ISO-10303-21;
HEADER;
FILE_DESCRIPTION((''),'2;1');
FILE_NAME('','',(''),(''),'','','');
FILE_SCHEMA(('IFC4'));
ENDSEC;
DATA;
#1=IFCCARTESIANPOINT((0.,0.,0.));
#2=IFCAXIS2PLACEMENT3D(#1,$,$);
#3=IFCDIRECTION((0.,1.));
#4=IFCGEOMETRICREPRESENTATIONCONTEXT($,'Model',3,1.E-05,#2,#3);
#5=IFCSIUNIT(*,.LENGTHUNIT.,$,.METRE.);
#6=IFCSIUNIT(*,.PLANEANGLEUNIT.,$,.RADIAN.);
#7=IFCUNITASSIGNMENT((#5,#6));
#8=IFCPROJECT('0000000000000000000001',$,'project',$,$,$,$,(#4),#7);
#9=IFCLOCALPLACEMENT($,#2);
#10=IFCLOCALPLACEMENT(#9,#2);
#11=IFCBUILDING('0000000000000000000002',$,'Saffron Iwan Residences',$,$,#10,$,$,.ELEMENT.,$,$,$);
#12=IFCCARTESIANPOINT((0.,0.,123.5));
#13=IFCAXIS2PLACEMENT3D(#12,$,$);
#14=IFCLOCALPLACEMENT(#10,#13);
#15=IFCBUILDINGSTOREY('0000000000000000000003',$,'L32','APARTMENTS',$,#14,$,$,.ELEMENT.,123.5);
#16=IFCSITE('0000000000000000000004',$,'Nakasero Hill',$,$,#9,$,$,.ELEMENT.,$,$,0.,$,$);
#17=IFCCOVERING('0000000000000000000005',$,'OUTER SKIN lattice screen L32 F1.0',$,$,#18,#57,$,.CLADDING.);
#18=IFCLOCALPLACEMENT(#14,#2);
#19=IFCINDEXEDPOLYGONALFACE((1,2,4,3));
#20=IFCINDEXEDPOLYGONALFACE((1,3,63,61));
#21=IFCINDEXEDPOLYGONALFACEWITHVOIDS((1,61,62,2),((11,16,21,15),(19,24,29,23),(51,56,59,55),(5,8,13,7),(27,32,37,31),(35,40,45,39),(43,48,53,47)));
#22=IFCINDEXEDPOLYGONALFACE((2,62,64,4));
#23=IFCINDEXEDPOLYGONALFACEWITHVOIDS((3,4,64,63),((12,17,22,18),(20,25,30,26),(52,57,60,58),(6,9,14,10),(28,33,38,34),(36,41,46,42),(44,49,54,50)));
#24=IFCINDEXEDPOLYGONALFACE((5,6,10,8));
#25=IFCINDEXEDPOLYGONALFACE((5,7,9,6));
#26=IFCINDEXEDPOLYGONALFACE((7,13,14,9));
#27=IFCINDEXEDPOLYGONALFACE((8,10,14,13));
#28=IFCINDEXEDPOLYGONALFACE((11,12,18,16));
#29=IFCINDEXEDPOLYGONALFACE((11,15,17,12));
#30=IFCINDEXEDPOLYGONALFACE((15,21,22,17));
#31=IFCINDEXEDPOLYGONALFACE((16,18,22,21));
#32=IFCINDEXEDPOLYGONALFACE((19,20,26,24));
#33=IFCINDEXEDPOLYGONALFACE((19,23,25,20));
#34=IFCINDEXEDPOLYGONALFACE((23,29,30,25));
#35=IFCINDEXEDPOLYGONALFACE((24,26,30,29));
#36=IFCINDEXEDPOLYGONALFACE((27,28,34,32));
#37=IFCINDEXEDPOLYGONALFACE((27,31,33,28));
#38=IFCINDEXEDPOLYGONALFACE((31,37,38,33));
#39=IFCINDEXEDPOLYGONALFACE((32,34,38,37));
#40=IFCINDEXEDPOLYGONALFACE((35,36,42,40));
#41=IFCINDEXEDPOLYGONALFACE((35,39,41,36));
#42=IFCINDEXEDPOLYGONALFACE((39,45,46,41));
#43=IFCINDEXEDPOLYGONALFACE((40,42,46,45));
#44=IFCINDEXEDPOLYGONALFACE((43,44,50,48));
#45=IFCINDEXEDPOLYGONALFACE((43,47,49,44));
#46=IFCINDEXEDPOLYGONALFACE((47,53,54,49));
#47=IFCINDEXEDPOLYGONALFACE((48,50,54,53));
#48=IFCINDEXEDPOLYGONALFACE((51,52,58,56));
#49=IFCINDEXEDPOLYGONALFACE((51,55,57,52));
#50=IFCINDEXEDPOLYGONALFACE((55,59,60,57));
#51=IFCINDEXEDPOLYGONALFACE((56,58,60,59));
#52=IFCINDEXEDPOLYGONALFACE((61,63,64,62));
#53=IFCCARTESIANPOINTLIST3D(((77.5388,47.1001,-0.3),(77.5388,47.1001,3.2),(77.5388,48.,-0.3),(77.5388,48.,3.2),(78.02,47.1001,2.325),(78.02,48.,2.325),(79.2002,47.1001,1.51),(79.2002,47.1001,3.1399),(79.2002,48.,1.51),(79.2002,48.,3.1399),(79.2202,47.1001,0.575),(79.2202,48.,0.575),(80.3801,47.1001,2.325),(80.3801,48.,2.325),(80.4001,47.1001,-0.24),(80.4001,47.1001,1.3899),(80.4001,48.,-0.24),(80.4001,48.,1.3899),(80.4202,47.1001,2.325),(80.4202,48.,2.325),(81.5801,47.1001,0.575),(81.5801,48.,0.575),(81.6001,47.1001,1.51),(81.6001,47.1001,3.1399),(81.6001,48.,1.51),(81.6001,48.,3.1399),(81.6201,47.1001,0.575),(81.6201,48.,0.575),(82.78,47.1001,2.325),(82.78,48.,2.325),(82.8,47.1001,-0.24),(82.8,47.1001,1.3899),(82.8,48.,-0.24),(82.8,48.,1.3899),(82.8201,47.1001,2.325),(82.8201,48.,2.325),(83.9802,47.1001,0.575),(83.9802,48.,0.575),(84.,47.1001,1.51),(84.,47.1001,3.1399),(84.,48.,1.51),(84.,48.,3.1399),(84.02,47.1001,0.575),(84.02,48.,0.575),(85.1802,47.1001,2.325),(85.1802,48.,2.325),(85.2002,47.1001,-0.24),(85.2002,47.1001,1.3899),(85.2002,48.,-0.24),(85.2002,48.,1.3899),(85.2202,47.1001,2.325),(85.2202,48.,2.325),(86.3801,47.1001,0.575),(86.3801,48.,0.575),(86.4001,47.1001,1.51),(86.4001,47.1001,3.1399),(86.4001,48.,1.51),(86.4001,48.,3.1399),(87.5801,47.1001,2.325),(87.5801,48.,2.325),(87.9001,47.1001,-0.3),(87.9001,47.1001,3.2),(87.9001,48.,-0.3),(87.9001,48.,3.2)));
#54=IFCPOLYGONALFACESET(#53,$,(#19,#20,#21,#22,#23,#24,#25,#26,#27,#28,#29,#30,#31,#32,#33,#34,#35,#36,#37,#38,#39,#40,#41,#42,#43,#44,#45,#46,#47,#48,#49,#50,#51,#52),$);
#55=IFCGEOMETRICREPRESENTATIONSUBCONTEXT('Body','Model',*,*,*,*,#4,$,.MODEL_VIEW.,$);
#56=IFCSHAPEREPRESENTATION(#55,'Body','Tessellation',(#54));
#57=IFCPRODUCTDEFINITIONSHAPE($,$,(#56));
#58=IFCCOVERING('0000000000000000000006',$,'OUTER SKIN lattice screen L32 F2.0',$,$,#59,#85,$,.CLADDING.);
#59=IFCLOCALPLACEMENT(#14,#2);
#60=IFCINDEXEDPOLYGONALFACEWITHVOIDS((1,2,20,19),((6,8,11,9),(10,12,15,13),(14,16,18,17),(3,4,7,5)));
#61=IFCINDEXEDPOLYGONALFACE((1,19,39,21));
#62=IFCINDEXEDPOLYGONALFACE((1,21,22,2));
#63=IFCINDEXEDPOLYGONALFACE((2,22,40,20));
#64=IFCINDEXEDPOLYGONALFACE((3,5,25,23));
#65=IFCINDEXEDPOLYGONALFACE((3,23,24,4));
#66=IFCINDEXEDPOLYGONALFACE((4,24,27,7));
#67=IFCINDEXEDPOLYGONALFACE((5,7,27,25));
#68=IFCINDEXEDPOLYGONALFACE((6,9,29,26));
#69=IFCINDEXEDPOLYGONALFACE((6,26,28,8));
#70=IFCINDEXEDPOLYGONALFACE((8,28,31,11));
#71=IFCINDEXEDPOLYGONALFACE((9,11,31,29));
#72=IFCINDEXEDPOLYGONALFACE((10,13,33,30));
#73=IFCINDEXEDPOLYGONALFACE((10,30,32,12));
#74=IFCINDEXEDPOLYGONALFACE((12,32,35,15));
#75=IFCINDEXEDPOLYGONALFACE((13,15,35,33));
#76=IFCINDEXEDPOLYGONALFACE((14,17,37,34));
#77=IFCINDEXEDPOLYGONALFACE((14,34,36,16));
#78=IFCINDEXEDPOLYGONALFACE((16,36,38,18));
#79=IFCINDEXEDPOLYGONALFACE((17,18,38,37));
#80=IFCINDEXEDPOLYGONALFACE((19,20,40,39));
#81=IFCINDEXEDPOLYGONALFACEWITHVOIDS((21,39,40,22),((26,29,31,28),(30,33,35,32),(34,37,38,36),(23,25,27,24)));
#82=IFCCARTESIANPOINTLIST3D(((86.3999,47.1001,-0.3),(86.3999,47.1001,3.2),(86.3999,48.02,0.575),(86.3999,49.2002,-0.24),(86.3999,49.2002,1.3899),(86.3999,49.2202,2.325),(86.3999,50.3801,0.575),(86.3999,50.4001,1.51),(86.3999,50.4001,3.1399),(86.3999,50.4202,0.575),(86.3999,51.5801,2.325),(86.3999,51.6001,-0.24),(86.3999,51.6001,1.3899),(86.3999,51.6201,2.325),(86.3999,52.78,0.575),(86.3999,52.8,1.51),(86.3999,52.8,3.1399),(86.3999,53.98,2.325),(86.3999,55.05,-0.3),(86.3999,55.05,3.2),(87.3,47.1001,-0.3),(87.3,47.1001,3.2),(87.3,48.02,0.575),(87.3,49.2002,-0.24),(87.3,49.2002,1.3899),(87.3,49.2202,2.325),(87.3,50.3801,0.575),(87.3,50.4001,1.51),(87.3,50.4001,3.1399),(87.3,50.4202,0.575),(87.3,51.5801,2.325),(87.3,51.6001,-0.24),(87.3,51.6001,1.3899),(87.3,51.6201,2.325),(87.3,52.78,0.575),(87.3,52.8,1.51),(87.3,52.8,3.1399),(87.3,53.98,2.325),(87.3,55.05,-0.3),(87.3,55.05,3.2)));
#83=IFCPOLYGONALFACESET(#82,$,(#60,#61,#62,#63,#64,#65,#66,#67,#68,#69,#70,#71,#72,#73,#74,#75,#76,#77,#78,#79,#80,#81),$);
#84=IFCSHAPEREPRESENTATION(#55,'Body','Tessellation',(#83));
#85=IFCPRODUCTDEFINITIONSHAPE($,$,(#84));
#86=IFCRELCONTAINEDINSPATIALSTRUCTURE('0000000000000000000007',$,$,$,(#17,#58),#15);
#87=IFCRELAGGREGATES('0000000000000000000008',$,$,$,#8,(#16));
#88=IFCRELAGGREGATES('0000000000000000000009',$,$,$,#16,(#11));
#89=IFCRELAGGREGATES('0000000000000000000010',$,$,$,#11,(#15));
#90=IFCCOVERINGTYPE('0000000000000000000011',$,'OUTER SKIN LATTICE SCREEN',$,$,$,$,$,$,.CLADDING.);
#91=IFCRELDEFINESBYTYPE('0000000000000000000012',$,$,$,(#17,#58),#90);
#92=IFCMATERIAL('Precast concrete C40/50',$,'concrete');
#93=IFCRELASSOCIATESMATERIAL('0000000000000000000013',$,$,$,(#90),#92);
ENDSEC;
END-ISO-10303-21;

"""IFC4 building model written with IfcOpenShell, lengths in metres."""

from ifc_helpers import new_model, si_unit, direction, frame, origin, place, context, subcontext, project, spatial, polyline, outline, extrude, material, type_object, element, save


model = new_model("IFC4")

# Units and contexts
model_context = context("Model", 3, precision=1e-05, world=origin(), true_north=direction((0.0, 1.0)))
body_context = subcontext(model_context, "Body", "Model", "MODEL_VIEW")
ifc_project = project(units=[si_unit("LENGTHUNIT", "METRE"), si_unit("PLANEANGLEUNIT", "RADIAN")], contexts=[model_context])

# Site, building, storey
site_placement = place(None, origin())
site = spatial("IfcSite", under=ifc_project, at=site_placement, Name="Nakasero Hill", CompositionType="ELEMENT", RefElevation=0.0)
building_placement = place(site_placement, origin())
building = spatial("IfcBuilding", under=site, at=building_placement, Name="Saffron Iwan Residences", CompositionType="ELEMENT")
storey_placement = place(building_placement, frame((0.0, 0.0, 123.5)))
storey = spatial("IfcBuildingStorey", under=building, at=storey_placement, Name="L32", Description="APARTMENTS", CompositionType="ELEMENT", Elevation=123.5)

# Coverings
ifc_material_1 = material(Name="Precast concrete C40/50", Category="concrete")
covering_type = type_object("IfcCoveringType", Name="OUTER SKIN LATTICE SCREEN", PredefinedType="CLADDING", material=ifc_material_1)
covering_1_placement = place(storey_placement, frame((77.5388, 48.0, -0.3), z_axis=(0.0, -1.0, 0.0), x_axis=(1.0, 0.0, 0.0)))
element("IfcCovering", 1, at=covering_1_placement, inside=storey, type_object=covering_type, Name="OUTER SKIN lattice screen L32 F1.0", PredefinedType="CLADDING", context=body_context, shape_type="SweptSolid", body=[
    extrude(outline(polyline([(0.0, 0.0), (10.3613, 0.0), (10.3613, 3.5), (0.0, 3.5), (0.0, 0.0)]), holes=[polyline([(1.6814, 0.875), (2.8613, 0.0601), (4.0413, 0.875), (2.8613, 1.6899), (1.6814, 0.875)]), polyline([(4.0813, 0.875), (5.2612, 0.0601), (6.4414, 0.875), (5.2612, 1.6899), (4.0813, 0.875)]), polyline([(6.4812, 0.875), (7.6614, 0.0601), (8.8413, 0.875), (7.6614, 1.6899), (6.4812, 0.875)]), polyline([(0.4812, 2.625), (1.6614, 1.8101), (2.8413, 2.625), (1.6614, 3.4399), (0.4812, 2.625)]), polyline([(2.8813, 2.625), (4.0613, 1.8101), (5.2412, 2.625), (4.0613, 3.4399), (2.8813, 2.625)]), polyline([(5.2812, 2.625), (6.4612, 1.8101), (7.6414, 2.625), (6.4612, 3.4399), (5.2812, 2.625)]), polyline([(7.6814, 2.625), (8.8613, 1.8101), (10.0413, 2.625), (8.8613, 3.4399), (7.6814, 2.625)])]), origin(), (0.0, 0.0, 1.0), 0.8999),
])
covering_2_placement = place(storey_placement, frame((86.3999, 47.1001, -0.3), z_axis=(1.0, 0.0, 0.0), x_axis=(0.0, 1.0, 0.0)))
element("IfcCovering", 2, at=covering_2_placement, inside=storey, type_object=covering_type, Name="OUTER SKIN lattice screen L32 F2.0", PredefinedType="CLADDING", context=body_context, shape_type="SweptSolid", body=[
    extrude(outline(polyline([(0.0, 0.0), (7.95, 0.0), (7.95, 3.5), (0.0, 3.5), (0.0, 0.0)]), holes=[polyline([(0.9199, 0.875), (2.1001, 0.0601), (3.28, 0.875), (2.1001, 1.6899), (0.9199, 0.875)]), polyline([(3.3201, 0.875), (4.5, 0.0601), (5.6799, 0.875), (4.5, 1.6899), (3.3201, 0.875)]), polyline([(2.1201, 2.625), (3.3, 1.8101), (4.48, 2.625), (3.3, 3.4399), (2.1201, 2.625)]), polyline([(4.52, 2.625), (5.7, 1.8101), (6.8799, 2.625), (5.7, 3.4399), (4.52, 2.625)])]), origin(), (0.0, 0.0, 1.0), 0.9001),
])

save(model, "model.ifc")
